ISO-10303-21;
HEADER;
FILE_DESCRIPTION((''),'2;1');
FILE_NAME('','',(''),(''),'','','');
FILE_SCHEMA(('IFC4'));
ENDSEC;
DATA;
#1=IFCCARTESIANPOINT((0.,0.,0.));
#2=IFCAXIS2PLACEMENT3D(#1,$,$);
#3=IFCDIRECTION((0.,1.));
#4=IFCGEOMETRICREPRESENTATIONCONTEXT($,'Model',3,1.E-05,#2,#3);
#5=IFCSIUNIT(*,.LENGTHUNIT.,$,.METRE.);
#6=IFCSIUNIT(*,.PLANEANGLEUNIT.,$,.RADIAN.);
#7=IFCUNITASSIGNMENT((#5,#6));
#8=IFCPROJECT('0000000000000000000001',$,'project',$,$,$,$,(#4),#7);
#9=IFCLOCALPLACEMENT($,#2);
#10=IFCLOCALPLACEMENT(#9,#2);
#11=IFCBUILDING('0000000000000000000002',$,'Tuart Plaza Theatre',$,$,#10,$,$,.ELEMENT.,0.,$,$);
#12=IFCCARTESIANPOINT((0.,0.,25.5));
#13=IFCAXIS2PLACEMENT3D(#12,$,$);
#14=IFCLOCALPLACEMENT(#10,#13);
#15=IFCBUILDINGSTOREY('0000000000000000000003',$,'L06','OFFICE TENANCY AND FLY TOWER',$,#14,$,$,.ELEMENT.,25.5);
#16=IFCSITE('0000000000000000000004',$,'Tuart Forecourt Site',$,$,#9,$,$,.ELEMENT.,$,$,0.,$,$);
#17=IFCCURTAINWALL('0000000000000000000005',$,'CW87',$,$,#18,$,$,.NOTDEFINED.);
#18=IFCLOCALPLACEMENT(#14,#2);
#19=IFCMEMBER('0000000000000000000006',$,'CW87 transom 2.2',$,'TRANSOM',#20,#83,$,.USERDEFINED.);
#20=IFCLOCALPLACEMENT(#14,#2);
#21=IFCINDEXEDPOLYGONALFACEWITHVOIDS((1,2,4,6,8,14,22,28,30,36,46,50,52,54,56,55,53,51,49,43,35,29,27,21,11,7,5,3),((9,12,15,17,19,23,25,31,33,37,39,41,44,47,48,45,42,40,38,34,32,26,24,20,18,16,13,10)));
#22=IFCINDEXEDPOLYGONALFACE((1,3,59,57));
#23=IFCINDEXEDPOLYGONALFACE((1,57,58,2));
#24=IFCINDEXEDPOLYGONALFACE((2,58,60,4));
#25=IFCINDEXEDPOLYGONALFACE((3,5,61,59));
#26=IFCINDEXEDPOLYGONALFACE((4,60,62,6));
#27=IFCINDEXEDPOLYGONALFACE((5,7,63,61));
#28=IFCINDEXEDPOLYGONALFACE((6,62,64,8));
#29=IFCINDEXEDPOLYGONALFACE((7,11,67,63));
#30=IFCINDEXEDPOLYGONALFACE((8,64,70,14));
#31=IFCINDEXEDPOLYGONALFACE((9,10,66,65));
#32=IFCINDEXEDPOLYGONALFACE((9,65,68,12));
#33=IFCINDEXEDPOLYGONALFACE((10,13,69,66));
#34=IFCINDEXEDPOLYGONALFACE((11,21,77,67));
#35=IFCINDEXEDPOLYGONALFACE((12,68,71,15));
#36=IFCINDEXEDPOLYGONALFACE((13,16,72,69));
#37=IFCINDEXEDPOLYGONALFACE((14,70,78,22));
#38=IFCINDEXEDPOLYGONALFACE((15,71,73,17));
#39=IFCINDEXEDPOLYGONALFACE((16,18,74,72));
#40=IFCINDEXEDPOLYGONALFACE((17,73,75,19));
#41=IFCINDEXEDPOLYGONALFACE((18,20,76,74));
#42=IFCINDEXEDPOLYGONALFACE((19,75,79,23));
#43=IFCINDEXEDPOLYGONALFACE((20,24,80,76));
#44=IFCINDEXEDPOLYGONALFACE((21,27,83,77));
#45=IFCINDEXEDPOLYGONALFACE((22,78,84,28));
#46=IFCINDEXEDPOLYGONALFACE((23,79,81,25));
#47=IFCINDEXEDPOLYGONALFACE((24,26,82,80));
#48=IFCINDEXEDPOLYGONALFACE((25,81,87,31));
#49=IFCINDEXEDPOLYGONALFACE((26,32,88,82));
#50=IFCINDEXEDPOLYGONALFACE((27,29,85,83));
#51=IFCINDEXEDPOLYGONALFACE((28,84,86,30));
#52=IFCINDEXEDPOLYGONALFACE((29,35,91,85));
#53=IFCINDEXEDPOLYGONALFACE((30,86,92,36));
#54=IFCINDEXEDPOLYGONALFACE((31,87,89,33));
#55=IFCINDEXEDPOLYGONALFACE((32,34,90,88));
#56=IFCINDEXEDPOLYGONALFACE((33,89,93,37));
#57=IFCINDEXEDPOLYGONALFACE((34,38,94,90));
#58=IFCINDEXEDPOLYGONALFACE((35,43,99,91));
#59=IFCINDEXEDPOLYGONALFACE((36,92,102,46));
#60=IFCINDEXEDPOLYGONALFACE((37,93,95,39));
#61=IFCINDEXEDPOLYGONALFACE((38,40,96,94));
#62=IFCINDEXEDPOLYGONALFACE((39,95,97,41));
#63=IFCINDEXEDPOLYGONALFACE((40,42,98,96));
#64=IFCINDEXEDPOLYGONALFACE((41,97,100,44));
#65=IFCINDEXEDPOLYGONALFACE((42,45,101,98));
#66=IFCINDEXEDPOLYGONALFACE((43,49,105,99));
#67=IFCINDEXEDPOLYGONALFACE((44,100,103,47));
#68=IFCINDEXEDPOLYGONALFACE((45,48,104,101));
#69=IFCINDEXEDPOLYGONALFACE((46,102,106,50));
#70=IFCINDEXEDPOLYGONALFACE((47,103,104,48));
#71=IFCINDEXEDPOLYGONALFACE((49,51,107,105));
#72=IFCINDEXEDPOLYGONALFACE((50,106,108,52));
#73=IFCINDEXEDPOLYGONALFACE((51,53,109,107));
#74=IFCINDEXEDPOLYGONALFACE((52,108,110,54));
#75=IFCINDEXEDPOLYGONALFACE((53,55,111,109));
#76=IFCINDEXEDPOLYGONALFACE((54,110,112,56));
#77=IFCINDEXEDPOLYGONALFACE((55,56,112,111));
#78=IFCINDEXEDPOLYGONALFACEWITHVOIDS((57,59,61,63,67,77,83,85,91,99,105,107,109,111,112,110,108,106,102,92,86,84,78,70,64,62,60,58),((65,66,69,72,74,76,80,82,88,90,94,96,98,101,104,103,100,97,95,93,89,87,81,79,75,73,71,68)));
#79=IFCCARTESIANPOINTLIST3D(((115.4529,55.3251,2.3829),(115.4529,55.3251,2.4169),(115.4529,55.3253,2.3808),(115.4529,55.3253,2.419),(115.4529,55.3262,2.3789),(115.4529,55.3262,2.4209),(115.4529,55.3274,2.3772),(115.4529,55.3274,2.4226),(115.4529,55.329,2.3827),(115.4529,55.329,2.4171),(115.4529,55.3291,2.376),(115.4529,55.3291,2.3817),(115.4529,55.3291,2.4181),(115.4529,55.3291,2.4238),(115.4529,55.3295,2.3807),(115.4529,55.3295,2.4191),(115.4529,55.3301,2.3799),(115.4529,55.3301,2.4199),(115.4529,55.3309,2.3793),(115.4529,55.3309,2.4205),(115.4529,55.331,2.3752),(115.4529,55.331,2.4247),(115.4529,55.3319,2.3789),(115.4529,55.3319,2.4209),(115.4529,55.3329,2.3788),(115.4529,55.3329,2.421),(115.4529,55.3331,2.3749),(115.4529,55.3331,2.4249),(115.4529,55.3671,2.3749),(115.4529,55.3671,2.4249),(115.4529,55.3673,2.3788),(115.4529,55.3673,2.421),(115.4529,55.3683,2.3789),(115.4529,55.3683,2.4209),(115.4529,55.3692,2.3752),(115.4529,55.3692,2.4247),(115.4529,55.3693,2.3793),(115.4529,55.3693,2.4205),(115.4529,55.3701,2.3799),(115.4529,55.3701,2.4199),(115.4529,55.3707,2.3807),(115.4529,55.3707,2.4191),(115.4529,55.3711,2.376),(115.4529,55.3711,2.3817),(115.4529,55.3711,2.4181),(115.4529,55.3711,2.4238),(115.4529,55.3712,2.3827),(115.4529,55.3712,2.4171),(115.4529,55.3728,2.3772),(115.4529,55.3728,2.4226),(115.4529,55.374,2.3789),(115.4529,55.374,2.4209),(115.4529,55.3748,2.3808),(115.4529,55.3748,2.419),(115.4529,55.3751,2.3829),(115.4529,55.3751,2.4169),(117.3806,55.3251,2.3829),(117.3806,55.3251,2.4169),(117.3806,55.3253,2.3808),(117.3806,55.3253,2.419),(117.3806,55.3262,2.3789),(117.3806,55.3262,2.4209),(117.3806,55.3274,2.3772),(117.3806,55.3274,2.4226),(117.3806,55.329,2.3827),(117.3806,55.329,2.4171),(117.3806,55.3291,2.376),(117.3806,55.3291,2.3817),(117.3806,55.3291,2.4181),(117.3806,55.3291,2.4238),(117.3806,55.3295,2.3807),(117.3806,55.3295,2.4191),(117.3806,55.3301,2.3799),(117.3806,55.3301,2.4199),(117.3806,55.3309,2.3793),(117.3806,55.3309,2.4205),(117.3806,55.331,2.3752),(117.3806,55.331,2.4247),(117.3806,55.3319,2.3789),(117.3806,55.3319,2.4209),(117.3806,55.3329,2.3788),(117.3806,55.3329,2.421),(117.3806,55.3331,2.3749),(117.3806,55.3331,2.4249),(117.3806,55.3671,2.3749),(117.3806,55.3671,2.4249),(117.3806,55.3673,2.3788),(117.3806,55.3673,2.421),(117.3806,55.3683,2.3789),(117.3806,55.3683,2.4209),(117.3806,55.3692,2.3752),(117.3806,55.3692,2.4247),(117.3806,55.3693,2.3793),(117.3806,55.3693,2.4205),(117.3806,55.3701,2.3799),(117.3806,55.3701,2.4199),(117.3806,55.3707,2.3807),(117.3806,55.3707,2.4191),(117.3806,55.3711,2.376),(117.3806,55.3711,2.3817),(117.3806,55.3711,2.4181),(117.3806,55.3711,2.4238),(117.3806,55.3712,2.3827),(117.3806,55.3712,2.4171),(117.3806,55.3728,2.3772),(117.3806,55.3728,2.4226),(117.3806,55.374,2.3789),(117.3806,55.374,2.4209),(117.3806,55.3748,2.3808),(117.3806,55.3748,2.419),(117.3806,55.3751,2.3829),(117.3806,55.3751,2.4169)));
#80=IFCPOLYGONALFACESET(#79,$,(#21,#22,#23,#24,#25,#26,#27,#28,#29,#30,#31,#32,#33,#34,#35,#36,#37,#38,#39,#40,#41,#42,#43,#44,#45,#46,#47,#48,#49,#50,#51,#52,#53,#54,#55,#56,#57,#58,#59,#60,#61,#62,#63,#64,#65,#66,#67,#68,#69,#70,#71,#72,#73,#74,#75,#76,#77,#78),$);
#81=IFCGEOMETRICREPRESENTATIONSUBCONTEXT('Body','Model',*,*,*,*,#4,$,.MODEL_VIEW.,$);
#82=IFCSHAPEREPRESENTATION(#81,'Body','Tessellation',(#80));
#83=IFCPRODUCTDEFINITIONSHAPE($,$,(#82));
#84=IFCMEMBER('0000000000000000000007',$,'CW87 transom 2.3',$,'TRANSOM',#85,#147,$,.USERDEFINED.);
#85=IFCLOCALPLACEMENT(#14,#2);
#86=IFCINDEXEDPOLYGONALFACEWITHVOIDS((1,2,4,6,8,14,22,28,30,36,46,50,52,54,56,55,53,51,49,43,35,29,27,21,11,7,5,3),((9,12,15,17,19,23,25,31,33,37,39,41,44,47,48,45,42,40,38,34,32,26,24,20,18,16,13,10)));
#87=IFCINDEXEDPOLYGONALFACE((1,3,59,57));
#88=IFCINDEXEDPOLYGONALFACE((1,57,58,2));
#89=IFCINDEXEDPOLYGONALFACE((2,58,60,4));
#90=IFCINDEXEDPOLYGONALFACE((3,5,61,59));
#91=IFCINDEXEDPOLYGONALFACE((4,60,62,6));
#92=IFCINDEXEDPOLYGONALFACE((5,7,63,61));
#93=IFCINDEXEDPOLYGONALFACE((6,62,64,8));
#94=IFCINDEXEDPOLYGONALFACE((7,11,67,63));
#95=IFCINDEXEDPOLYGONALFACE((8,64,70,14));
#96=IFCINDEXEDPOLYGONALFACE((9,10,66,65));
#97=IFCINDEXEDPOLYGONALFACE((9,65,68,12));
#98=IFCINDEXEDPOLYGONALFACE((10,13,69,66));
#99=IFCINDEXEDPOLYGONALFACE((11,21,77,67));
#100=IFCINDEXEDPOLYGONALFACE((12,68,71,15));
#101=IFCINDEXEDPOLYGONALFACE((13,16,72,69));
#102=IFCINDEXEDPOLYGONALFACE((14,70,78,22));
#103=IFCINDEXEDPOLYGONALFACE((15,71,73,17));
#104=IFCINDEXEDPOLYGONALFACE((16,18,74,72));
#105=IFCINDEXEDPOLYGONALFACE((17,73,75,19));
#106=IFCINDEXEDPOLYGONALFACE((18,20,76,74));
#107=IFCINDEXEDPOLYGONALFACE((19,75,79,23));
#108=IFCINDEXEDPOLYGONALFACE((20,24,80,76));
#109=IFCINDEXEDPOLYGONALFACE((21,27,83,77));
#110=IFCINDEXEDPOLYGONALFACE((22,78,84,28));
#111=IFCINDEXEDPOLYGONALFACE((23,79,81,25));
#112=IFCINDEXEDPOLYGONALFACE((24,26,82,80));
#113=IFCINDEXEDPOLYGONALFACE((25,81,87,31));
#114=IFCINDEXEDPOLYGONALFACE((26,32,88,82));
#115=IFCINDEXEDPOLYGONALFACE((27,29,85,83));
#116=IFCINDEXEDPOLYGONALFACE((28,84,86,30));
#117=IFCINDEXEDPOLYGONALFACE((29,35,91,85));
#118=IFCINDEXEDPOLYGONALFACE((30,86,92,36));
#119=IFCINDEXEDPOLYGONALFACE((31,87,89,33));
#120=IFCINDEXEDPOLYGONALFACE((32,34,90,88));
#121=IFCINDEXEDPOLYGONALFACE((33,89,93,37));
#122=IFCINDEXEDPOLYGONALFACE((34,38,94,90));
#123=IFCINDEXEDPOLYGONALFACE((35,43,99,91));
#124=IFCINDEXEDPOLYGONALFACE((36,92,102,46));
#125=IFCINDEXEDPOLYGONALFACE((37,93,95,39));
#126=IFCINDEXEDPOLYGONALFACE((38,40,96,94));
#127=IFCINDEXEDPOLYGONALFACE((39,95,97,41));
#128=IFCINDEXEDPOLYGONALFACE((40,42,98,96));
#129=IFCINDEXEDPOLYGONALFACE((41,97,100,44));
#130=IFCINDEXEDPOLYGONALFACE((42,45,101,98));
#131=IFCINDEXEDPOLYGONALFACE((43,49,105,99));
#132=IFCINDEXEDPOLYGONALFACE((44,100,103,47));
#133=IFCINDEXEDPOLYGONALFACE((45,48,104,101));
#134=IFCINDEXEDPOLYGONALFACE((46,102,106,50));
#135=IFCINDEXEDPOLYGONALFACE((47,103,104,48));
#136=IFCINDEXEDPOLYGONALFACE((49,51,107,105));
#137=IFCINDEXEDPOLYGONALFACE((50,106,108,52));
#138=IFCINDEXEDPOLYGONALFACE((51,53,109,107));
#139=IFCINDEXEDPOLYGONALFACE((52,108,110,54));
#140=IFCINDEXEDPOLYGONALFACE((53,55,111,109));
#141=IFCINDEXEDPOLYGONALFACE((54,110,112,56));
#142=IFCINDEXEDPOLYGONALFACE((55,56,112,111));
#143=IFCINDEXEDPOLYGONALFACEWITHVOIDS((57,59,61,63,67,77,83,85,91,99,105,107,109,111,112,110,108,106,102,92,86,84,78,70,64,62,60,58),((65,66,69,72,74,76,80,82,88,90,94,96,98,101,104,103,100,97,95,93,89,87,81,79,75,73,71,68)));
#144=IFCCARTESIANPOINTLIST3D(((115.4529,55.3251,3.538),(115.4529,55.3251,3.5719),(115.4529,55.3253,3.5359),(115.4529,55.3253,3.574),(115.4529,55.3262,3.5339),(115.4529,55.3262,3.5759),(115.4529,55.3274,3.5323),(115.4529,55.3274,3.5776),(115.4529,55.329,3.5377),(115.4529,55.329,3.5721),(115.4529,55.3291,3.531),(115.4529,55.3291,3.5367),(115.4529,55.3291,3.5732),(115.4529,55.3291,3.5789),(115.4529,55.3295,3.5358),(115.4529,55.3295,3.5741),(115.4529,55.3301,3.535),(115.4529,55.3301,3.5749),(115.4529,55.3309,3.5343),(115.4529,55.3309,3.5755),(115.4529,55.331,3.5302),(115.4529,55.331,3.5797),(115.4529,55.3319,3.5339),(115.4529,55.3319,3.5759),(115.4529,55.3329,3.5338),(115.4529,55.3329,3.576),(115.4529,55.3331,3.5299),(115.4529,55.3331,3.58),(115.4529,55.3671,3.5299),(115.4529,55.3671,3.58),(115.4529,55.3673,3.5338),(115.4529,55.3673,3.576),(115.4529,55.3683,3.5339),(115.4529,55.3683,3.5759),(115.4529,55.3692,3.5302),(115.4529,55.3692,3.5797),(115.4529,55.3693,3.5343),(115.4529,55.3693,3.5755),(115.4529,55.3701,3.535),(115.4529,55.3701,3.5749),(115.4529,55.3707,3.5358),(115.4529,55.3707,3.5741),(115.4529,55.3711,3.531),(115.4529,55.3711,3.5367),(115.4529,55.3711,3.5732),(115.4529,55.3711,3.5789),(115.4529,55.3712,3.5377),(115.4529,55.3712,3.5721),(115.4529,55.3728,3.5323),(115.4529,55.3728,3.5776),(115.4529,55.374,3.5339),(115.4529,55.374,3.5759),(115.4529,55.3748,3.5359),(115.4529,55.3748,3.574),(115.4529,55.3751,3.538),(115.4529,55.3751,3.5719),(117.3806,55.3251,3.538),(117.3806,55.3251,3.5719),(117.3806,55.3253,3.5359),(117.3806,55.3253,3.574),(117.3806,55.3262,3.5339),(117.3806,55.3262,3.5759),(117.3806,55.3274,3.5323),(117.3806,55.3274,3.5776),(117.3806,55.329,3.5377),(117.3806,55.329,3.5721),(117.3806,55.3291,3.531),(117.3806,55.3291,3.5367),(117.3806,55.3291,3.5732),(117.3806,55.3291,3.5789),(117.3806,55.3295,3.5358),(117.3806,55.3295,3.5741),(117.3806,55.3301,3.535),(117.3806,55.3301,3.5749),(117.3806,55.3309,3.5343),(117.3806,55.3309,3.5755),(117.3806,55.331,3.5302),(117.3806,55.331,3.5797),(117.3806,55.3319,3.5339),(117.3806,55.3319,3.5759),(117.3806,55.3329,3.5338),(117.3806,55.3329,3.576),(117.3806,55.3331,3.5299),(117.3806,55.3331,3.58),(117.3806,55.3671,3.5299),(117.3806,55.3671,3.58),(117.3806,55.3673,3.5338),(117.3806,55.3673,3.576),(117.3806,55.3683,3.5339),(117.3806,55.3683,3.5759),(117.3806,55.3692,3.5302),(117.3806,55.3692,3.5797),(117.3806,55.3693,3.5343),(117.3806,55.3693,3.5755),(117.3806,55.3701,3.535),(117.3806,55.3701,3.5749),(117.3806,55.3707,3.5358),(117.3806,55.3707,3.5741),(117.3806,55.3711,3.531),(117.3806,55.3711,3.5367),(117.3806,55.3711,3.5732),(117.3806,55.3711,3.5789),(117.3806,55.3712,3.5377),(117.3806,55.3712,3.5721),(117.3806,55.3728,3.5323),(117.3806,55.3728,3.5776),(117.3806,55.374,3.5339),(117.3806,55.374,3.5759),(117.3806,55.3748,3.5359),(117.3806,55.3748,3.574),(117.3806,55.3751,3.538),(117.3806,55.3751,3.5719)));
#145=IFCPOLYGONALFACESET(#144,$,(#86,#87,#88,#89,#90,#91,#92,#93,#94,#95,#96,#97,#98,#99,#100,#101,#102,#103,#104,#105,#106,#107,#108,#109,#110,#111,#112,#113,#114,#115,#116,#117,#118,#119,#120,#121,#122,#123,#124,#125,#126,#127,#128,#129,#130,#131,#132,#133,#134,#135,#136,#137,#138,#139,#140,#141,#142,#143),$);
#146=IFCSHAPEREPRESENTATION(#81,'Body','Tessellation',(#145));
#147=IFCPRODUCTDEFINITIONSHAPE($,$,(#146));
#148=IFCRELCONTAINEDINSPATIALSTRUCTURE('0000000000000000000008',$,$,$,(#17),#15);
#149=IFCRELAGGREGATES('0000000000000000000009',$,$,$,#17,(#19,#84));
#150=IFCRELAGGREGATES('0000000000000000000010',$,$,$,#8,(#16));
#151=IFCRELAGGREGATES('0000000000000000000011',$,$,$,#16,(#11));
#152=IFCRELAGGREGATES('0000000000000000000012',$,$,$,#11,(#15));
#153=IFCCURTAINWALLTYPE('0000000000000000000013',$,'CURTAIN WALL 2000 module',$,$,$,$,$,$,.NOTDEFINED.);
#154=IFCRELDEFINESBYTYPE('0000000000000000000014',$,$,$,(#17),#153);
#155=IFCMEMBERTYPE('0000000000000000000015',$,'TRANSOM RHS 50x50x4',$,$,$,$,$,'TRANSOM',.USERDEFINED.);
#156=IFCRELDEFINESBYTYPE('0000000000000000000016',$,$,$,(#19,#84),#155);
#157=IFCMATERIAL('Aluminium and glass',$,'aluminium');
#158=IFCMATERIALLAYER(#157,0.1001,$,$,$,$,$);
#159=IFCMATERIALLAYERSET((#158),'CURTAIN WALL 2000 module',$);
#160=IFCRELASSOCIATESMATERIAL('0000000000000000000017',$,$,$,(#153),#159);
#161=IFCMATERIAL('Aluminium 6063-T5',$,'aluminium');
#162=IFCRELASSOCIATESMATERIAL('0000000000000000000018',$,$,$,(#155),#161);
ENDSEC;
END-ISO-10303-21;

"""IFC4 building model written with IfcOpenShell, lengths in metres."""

from ifc_helpers import new_model, si_unit, direction, frame, origin, origin_2d, place, context, subcontext, project, spatial, hollow_rectangle, extrude, material, layer, layer_set, material_profile, profile_set, type_object, element, aggregate, save


model = new_model("IFC4")

# Units and contexts
model_context = context("Model", 3, precision=1e-05, world=origin(), true_north=direction((0.0, 1.0)))
body_context = subcontext(model_context, "Body", "Model", "MODEL_VIEW")
ifc_project = project(units=[si_unit("LENGTHUNIT", "METRE"), si_unit("PLANEANGLEUNIT", "RADIAN")], contexts=[model_context])

# Site, building, storey
site_placement = place(None, origin())
site = spatial("IfcSite", under=ifc_project, at=site_placement, Name="Tuart Forecourt Site", CompositionType="ELEMENT", RefElevation=0.0)
building_placement = place(site_placement, origin())
building = spatial("IfcBuilding", under=site, at=building_placement, Name="Tuart Plaza Theatre", CompositionType="ELEMENT", ElevationOfRefHeight=0.0)
storey_placement = place(building_placement, frame((0.0, 0.0, 25.5)))
storey = spatial("IfcBuildingStorey", under=building, at=storey_placement, Name="L06", Description="OFFICE TENANCY AND FLY TOWER", CompositionType="ELEMENT", Elevation=25.5)

# Curtain wall
ifc_material_1 = material(Name="Aluminium and glass", Category="aluminium")
ifc_layer_1 = layer(ifc_material_1, 0.1001)
ifc_layer_set_1 = layer_set([ifc_layer_1], Name="CURTAIN WALL 2000 module")
curtain_wall_type = type_object("IfcCurtainWallType", Name="CURTAIN WALL 2000 module", PredefinedType="NOTDEFINED", material=ifc_layer_set_1)
curtain_wall_1_placement = place(storey_placement, origin())
curtain_wall_1 = element("IfcCurtainWall", 1, at=curtain_wall_1_placement, inside=storey, type_object=curtain_wall_type, Name="CW87", PredefinedType="NOTDEFINED")
ifc_material_2 = material(Name="Aluminium 6063-T5", Category="aluminium")
ifc_material_profile_1 = material_profile(ifc_material_2, hollow_rectangle(XDim=0.05, YDim=0.05, WallThickness=0.0039, InnerFilletRadius=0.0039, OuterFilletRadius=0.0081, at=origin_2d()), Name="RHS 50x50x4")
ifc_profile_set_1 = profile_set([ifc_material_profile_1], Name="Aluminium 6063-T5")
member_type_1 = type_object("IfcMemberType", Name="TRANSOM RHS 50x50x4", ElementType="TRANSOM", PredefinedType="USERDEFINED", material=ifc_profile_set_1)

# Members
member_1_placement = place(storey_placement, frame((115.4529, 55.3501, 2.3999), z_axis=(1.0, 0.0, 0.0), x_axis=(0.0, 1.0, 0.0)))
member_1 = element("IfcMember", 2, at=member_1_placement, type_object=member_type_1, Name="CW87 transom 2.2", ObjectType="TRANSOM", PredefinedType="USERDEFINED", context=body_context, shape_type="SweptSolid", body=[
    extrude(hollow_rectangle(XDim=0.05, YDim=0.05, WallThickness=0.0039, InnerFilletRadius=0.0039, OuterFilletRadius=0.0081, at=origin_2d()), origin(), (0.0, 0.0, 1.0), 1.9277),
])
member_2_placement = place(storey_placement, frame((115.4529, 55.3501, 3.5549), z_axis=(1.0, 0.0, 0.0), x_axis=(0.0, 1.0, 0.0)))
member_2 = element("IfcMember", 3, at=member_2_placement, type_object=member_type_1, Name="CW87 transom 2.3", ObjectType="TRANSOM", PredefinedType="USERDEFINED", context=body_context, shape_type="SweptSolid", body=[
    extrude(hollow_rectangle(XDim=0.05, YDim=0.05, WallThickness=0.0039, InnerFilletRadius=0.0039, OuterFilletRadius=0.0081, at=origin_2d()), origin(), (0.0, 0.0, 1.0), 1.9277),
])

aggregate(curtain_wall_1, [member_1, member_2])

save(model, "model.ifc")
